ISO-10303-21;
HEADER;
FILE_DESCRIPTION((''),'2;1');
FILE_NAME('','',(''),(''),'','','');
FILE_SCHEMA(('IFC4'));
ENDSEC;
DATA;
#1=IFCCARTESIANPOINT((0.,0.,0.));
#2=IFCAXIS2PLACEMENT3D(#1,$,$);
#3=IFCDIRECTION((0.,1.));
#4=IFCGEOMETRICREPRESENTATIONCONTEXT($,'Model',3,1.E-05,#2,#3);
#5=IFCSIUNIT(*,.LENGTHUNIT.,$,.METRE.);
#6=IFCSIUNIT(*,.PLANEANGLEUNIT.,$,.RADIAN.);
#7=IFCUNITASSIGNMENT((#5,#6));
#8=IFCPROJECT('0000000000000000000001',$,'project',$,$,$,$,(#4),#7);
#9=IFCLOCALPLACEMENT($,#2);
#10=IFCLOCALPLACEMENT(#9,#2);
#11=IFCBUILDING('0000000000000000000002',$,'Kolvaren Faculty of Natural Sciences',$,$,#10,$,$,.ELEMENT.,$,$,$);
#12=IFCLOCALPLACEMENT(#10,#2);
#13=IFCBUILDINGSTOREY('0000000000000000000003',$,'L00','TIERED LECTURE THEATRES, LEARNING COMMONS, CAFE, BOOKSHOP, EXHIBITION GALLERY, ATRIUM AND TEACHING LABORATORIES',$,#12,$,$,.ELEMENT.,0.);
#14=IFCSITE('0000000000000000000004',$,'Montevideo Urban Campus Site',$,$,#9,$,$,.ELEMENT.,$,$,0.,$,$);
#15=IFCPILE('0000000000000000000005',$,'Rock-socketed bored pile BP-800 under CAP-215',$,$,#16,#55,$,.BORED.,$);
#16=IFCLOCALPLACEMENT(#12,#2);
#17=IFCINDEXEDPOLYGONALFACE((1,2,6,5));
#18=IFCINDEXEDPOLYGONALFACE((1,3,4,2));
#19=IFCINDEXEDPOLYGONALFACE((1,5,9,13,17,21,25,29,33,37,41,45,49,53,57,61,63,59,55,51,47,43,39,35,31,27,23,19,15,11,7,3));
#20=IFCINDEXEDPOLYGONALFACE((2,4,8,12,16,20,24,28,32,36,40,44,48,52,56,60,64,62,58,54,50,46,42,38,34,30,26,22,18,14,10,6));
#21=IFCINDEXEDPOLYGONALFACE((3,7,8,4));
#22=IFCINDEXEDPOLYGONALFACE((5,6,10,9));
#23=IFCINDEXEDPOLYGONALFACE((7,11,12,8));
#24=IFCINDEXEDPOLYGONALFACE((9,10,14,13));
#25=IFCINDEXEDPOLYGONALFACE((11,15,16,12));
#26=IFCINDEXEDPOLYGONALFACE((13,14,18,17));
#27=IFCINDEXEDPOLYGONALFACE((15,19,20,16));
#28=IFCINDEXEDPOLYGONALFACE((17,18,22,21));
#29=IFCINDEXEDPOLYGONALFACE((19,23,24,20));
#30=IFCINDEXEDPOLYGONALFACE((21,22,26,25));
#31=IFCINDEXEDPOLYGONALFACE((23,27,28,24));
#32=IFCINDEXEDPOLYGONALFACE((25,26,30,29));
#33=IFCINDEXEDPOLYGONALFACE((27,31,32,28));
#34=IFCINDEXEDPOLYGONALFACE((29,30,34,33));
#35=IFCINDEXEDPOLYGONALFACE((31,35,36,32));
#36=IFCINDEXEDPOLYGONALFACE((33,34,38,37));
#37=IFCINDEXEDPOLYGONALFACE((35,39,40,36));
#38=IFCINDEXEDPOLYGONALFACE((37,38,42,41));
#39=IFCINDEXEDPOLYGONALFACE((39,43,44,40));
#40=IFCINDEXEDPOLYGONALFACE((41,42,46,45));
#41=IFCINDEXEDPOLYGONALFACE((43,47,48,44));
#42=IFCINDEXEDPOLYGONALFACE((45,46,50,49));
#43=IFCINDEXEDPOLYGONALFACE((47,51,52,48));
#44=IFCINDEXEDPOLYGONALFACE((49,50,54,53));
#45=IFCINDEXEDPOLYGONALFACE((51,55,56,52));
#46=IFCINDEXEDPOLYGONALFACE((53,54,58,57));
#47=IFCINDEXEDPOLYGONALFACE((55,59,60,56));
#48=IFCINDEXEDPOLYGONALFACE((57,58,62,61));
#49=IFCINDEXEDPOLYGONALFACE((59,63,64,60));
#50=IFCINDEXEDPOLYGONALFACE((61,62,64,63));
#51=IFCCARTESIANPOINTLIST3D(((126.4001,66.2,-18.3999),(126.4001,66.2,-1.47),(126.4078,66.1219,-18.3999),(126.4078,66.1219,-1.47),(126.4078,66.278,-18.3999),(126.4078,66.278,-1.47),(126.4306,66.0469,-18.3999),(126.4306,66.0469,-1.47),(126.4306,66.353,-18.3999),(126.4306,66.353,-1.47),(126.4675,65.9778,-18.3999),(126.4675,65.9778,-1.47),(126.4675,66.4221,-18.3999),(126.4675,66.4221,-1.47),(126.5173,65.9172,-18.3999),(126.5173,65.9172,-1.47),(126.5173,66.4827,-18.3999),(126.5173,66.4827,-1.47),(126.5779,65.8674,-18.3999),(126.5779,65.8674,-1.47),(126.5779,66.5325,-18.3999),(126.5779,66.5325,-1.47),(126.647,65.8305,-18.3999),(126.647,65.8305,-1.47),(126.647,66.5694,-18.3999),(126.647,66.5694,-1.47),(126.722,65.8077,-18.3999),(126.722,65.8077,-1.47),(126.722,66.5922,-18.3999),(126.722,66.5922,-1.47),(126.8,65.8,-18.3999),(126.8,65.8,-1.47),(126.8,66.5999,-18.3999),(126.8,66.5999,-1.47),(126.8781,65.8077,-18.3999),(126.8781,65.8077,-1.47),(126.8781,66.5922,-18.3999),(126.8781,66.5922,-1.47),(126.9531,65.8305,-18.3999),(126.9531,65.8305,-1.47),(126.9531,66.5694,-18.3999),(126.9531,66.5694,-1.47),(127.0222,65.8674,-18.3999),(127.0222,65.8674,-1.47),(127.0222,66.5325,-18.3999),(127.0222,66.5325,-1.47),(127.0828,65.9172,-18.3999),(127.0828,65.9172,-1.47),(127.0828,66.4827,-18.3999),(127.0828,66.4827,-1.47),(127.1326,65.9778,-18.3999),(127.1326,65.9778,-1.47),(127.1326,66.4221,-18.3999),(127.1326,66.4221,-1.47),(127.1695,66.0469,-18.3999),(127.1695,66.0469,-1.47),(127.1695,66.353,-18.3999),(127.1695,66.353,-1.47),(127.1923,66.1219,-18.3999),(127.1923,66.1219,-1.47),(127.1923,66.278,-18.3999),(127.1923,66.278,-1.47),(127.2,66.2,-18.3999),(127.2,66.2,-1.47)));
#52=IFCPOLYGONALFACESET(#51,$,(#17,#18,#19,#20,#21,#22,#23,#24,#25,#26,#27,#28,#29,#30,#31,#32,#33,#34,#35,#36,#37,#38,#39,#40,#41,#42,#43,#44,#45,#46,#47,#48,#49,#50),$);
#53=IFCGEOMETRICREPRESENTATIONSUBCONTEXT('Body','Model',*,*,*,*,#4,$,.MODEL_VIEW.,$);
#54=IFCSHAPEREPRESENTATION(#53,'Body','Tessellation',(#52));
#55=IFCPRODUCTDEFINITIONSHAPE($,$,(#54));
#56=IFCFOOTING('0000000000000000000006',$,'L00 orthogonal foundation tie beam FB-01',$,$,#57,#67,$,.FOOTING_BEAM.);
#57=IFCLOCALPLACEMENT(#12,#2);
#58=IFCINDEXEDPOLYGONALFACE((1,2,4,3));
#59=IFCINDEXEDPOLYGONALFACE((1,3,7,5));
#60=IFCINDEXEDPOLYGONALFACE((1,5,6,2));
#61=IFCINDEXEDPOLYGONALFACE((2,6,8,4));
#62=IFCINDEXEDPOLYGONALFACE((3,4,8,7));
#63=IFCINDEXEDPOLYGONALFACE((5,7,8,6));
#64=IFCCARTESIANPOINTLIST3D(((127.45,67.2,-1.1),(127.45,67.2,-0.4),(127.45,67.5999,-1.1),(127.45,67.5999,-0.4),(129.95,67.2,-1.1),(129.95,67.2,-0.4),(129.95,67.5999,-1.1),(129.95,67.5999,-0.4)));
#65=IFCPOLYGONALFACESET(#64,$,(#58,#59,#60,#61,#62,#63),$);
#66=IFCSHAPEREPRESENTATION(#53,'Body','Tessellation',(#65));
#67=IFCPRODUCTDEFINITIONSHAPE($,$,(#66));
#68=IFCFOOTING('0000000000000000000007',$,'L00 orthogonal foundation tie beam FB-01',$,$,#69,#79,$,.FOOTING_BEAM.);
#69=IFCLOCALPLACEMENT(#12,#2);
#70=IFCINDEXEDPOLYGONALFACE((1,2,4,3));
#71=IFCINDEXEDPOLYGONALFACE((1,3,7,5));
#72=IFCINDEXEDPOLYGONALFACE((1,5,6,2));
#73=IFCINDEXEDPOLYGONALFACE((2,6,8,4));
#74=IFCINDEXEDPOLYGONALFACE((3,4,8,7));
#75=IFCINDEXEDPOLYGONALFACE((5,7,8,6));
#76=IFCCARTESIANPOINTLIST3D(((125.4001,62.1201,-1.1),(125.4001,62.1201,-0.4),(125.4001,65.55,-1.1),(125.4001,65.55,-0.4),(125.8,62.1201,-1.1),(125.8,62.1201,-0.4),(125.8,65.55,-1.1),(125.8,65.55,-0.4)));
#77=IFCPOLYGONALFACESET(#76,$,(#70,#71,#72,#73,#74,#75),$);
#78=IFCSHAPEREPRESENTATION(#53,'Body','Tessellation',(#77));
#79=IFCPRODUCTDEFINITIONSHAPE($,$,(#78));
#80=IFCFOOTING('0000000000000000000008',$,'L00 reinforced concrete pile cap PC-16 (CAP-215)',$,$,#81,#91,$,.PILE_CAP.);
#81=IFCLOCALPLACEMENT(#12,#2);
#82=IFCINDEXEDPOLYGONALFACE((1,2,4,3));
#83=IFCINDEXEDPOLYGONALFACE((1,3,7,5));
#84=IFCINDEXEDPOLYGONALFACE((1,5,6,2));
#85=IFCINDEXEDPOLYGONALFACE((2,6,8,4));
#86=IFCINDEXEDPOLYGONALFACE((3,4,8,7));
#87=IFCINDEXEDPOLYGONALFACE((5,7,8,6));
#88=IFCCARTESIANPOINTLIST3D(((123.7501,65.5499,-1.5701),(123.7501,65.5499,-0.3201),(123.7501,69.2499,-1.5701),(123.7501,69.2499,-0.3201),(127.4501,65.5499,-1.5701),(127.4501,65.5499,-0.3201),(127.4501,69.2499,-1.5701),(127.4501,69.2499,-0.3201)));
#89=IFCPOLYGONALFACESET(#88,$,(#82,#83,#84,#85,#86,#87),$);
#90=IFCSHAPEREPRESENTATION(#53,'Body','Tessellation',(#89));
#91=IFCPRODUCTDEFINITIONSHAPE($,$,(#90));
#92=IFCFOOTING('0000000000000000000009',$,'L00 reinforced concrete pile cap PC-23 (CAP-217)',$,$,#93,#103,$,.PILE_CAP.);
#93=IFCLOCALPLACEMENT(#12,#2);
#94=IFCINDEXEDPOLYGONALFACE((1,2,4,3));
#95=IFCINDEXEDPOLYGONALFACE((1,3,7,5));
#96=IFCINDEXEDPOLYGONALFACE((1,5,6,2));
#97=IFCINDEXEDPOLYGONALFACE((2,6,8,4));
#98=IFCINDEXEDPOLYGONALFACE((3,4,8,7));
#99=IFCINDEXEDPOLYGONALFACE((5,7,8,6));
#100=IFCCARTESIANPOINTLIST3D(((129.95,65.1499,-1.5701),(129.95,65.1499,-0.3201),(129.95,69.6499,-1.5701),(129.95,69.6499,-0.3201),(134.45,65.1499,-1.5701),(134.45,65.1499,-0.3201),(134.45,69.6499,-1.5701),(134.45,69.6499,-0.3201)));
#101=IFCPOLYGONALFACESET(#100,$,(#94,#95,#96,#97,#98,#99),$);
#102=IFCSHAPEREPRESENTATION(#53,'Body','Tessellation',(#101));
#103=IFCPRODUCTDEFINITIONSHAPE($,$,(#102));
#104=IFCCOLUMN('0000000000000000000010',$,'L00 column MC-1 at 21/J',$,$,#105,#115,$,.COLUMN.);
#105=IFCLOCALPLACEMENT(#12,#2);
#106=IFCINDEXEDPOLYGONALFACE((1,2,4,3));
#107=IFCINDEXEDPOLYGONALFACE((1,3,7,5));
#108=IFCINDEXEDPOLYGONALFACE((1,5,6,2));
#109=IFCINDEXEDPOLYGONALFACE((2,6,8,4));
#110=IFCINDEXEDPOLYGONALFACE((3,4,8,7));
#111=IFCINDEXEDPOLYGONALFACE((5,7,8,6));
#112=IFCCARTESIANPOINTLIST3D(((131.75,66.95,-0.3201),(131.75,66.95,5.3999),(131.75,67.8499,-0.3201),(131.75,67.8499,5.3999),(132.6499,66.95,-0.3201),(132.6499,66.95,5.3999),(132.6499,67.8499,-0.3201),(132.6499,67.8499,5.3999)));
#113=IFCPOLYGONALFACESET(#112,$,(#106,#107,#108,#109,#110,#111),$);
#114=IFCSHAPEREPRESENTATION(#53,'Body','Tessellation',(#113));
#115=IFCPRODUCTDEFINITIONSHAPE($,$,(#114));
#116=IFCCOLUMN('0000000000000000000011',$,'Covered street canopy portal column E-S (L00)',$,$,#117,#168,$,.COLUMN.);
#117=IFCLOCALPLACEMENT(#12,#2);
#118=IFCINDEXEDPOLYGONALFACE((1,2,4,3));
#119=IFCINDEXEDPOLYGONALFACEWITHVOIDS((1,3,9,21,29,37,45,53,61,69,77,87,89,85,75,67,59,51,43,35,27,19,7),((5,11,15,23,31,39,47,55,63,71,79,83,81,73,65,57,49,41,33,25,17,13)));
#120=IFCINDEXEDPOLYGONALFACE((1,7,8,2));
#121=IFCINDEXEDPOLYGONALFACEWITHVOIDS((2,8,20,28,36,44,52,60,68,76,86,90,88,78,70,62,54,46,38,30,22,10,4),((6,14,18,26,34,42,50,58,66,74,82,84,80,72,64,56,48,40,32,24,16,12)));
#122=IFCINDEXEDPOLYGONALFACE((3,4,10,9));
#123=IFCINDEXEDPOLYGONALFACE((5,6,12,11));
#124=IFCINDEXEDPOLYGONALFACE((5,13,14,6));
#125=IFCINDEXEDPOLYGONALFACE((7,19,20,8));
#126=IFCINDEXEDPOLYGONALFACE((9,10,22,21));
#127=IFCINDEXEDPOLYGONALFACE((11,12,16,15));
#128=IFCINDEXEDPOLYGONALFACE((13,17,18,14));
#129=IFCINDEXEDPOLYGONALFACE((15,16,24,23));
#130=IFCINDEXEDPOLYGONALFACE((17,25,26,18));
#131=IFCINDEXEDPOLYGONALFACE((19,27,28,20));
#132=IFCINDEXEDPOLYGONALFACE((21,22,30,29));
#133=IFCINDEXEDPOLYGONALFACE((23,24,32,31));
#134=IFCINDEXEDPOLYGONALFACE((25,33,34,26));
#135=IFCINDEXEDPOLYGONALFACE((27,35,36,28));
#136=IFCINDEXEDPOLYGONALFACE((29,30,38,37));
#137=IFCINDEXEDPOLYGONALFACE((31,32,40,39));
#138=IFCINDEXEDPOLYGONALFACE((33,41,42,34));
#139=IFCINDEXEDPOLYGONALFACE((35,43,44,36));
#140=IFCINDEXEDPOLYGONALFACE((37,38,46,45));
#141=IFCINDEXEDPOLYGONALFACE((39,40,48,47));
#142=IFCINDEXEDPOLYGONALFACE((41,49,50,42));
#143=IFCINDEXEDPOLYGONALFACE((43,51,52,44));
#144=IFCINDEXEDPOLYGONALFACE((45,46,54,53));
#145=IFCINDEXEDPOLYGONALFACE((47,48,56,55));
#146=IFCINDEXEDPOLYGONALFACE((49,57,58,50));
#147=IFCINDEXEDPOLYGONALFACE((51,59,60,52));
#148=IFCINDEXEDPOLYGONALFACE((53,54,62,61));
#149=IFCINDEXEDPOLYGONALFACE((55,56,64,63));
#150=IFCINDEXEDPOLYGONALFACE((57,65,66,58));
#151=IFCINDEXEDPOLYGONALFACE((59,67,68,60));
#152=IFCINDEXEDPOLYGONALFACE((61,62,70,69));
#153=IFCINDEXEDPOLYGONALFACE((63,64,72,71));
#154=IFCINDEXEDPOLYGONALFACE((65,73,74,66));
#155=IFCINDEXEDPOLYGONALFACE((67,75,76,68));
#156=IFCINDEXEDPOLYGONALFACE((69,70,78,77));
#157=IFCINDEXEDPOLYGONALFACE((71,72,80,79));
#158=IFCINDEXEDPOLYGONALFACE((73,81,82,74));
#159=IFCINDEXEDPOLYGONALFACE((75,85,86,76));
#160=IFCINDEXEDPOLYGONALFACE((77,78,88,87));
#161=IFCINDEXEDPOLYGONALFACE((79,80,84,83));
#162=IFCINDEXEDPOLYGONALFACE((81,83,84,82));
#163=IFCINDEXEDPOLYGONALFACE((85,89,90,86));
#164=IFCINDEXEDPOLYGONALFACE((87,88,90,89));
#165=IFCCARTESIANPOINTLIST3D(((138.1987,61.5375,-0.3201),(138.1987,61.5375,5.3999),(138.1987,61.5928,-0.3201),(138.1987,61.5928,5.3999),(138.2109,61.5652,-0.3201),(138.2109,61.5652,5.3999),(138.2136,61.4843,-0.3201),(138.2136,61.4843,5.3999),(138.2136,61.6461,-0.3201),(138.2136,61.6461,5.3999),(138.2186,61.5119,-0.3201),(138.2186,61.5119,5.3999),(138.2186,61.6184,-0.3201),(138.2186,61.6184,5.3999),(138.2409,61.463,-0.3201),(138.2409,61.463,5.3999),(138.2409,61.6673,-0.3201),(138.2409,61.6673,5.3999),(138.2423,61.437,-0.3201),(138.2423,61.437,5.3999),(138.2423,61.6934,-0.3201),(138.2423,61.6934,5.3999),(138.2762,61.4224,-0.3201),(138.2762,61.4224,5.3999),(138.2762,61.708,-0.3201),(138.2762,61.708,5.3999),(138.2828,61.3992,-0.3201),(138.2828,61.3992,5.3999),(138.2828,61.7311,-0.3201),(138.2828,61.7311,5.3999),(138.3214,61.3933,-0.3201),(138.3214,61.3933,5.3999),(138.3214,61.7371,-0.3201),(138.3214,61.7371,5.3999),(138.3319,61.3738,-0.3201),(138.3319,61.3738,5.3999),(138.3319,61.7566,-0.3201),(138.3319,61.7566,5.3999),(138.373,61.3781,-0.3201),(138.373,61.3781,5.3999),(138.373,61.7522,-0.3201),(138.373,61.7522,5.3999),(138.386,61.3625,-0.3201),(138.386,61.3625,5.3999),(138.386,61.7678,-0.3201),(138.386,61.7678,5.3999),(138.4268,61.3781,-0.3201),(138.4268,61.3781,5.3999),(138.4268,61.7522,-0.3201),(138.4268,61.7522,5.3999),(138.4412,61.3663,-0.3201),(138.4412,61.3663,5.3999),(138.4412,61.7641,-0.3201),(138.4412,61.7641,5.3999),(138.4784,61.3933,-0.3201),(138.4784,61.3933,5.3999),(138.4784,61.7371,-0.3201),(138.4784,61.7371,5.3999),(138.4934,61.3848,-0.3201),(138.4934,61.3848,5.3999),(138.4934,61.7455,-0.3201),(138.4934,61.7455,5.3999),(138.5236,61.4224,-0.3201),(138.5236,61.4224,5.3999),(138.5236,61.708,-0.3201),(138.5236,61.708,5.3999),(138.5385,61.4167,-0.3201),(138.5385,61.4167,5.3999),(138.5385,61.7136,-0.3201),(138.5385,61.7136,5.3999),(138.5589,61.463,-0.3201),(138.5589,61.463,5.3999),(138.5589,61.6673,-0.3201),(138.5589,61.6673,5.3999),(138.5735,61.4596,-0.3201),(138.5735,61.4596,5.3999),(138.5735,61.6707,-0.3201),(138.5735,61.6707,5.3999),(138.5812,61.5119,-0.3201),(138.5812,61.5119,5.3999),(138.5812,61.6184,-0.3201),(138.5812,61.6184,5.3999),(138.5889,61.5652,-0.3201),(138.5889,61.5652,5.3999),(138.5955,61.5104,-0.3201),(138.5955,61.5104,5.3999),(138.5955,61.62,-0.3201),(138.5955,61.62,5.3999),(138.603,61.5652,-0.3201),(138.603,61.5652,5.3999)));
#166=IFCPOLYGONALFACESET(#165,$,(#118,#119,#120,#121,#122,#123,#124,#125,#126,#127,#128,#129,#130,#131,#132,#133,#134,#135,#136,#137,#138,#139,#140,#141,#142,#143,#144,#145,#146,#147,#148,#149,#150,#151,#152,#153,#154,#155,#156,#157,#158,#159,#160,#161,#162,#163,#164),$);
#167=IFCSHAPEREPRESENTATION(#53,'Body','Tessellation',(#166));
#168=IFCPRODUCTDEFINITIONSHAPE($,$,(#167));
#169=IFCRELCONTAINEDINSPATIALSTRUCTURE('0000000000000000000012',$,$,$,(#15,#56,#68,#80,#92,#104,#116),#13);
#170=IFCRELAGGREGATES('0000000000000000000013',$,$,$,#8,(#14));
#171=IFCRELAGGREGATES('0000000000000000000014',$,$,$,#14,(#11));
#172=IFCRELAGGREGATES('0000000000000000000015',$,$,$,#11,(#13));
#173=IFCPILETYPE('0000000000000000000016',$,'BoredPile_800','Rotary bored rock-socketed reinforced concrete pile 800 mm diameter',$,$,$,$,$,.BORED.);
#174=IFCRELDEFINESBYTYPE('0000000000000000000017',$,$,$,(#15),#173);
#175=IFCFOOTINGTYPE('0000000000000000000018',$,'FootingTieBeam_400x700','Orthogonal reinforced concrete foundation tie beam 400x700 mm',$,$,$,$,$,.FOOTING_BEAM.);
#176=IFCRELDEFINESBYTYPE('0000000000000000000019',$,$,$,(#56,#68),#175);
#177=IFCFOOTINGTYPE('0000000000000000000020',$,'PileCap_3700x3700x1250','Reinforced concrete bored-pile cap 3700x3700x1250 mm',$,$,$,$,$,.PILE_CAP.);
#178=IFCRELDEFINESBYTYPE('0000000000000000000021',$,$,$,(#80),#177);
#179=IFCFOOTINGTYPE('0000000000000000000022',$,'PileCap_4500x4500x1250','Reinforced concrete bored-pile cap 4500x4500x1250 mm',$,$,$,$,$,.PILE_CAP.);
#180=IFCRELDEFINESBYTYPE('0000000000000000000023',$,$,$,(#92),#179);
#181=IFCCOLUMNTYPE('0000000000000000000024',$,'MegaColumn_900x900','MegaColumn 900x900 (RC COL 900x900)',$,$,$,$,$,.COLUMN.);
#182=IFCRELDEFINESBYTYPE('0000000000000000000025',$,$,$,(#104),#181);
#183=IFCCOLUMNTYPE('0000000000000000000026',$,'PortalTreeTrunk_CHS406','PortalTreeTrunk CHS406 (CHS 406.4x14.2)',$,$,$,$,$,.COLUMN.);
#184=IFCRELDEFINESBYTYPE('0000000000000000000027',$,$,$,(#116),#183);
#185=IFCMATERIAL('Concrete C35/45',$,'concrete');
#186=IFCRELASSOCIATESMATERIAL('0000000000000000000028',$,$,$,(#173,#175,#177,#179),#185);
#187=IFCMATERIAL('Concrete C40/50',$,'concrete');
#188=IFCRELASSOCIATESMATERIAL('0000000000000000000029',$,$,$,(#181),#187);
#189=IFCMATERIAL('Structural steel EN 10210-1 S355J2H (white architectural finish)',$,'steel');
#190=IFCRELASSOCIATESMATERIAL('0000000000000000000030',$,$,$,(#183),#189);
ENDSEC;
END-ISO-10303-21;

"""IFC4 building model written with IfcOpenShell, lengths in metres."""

from ifc_helpers import new_model, si_unit, direction, frame, origin, origin_2d, place, context, subcontext, project, spatial, rectangle, circle, hollow_circle, extrude, material, material_profile, profile_set, type_object, element, save


model = new_model("IFC4")

# Units and contexts
model_context = context("Model", 3, precision=1e-05, world=origin(), true_north=direction((0.0, 1.0)))
body_context = subcontext(model_context, "Body", "Model", "MODEL_VIEW")
ifc_project = project(units=[si_unit("LENGTHUNIT", "METRE"), si_unit("PLANEANGLEUNIT", "RADIAN")], contexts=[model_context])

# Site, building, storey
site_placement = place(None, origin())
site = spatial("IfcSite", under=ifc_project, at=site_placement, Name="Montevideo Urban Campus Site", CompositionType="ELEMENT", RefElevation=0.0)
building_placement = place(site_placement, origin())
building = spatial("IfcBuilding", under=site, at=building_placement, Name="Kolvaren Faculty of Natural Sciences", CompositionType="ELEMENT")
storey_placement = place(building_placement, origin())
storey = spatial("IfcBuildingStorey", under=building, at=storey_placement, Name="L00", Description="TIERED LECTURE THEATRES, LEARNING COMMONS, CAFE, BOOKSHOP, EXHIBITION GALLERY, ATRIUM AND TEACHING LABORATORIES", CompositionType="ELEMENT", Elevation=0.0)

# Pile
ifc_material_1 = material(Name="Concrete C35/45", Category="concrete")
ifc_material_profile_1 = material_profile(ifc_material_1, circle(Radius=0.3999, at=origin_2d()), Name="PILE D800")
ifc_profile_set_1 = profile_set([ifc_material_profile_1], Name="Concrete C35/45")
pile_type_1 = type_object("IfcPileType", Name="BoredPile_800", Description="Rotary bored rock-socketed reinforced concrete pile 800 mm diameter", PredefinedType="BORED", material=ifc_profile_set_1)
pile_placement = place(storey_placement, frame((126.8, 66.2, -1.47), z_axis=(0.0, 0.0, -1.0), x_axis=(1.0, 0.0, 0.0)))
element("IfcPile", 1, at=pile_placement, inside=storey, type_object=pile_type_1, Name="Rock-socketed bored pile BP-800 under CAP-215", PredefinedType="BORED", context=body_context, shape_type="SweptSolid", body=[
    extrude(circle(Radius=0.3999, at=origin_2d()), origin(), (0.0, 0.0, 1.0), 16.9299),
])

# Footings
ifc_material_profile_2 = material_profile(ifc_material_1, rectangle(XDim=0.3999, YDim=0.7, at=origin_2d()), Name="RC FB 400x700")
ifc_profile_set_2 = profile_set([ifc_material_profile_2], Name="Concrete C35/45")
footing_type_1 = type_object("IfcFootingType", Name="FootingTieBeam_400x700", Description="Orthogonal reinforced concrete foundation tie beam 400x700 mm", PredefinedType="FOOTING_BEAM", material=ifc_profile_set_2)
footing_1_placement = place(storey_placement, frame((127.45, 67.3999, -0.75), z_axis=(1.0, 0.0, 0.0), x_axis=(0.0, 1.0, 0.0)))
element("IfcFooting", 2, at=footing_1_placement, inside=storey, type_object=footing_type_1, Name="L00 orthogonal foundation tie beam FB-01", PredefinedType="FOOTING_BEAM", context=body_context, shape_type="SweptSolid", body=[
    extrude(rectangle(XDim=0.3999, YDim=0.7, at=origin_2d()), origin(), (0.0, 0.0, 1.0), 2.5),
])
footing_2_placement = place(storey_placement, frame((125.6001, 62.1201, -0.75), z_axis=(0.0, 1.0, 0.0), x_axis=(-1.0, 0.0, 0.0)))
element("IfcFooting", 3, at=footing_2_placement, inside=storey, type_object=footing_type_1, Name="L00 orthogonal foundation tie beam FB-01", PredefinedType="FOOTING_BEAM", context=body_context, shape_type="SweptSolid", body=[
    extrude(rectangle(XDim=0.3999, YDim=0.7, at=origin_2d()), origin(), (0.0, 0.0, 1.0), 3.4299),
])
footing_type_2 = type_object("IfcFootingType", Name="PileCap_3700x3700x1250", Description="Reinforced concrete bored-pile cap 3700x3700x1250 mm", PredefinedType="PILE_CAP", material=ifc_material_1)
footing_3_placement = place(storey_placement, frame((125.6001, 67.3999, -1.5701), z_axis=(0.0, 0.0, 1.0), x_axis=(1.0, 0.0, 0.0)))
element("IfcFooting", 4, at=footing_3_placement, inside=storey, type_object=footing_type_2, Name="L00 reinforced concrete pile cap PC-16 (CAP-215)", PredefinedType="PILE_CAP", context=body_context, shape_type="SweptSolid", body=[
    extrude(rectangle(XDim=3.7, YDim=3.7, at=origin_2d()), origin(), (0.0, 0.0, 1.0), 1.25),
])
footing_type_3 = type_object("IfcFootingType", Name="PileCap_4500x4500x1250", Description="Reinforced concrete bored-pile cap 4500x4500x1250 mm", PredefinedType="PILE_CAP", material=ifc_material_1)
footing_4_placement = place(storey_placement, frame((132.2, 67.3999, -1.5701), z_axis=(0.0, 0.0, 1.0), x_axis=(1.0, 0.0, 0.0)))
element("IfcFooting", 5, at=footing_4_placement, inside=storey, type_object=footing_type_3, Name="L00 reinforced concrete pile cap PC-23 (CAP-217)", PredefinedType="PILE_CAP", context=body_context, shape_type="SweptSolid", body=[
    extrude(rectangle(XDim=4.5, YDim=4.5, at=origin_2d()), origin(), (0.0, 0.0, 1.0), 1.25),
])

# Columns
ifc_material_2 = material(Name="Concrete C40/50", Category="concrete")
ifc_material_profile_3 = material_profile(ifc_material_2, rectangle(XDim=0.8999, YDim=0.8999, at=origin_2d()), Name="RC COL 900x900")
ifc_profile_set_3 = profile_set([ifc_material_profile_3], Name="Concrete C40/50")
column_type_1 = type_object("IfcColumnType", Name="MegaColumn_900x900", Description="MegaColumn 900x900 (RC COL 900x900)", PredefinedType="COLUMN", material=ifc_profile_set_3)
column_1_placement = place(storey_placement, frame((132.2, 67.3999, -0.3201), z_axis=(0.0, 0.0, 1.0), x_axis=(1.0, 0.0, 0.0)))
element("IfcColumn", 6, at=column_1_placement, inside=storey, type_object=column_type_1, Name="L00 column MC-1 at 21/J", PredefinedType="COLUMN", context=body_context, shape_type="SweptSolid", body=[
    extrude(rectangle(XDim=0.8999, YDim=0.8999, at=origin_2d()), origin(), (0.0, 0.0, 1.0), 5.72),
])
ifc_material_3 = material(Name="Structural steel EN 10210-1 S355J2H (white architectural finish)", Category="steel")
ifc_material_profile_4 = material_profile(ifc_material_3, hollow_circle(Radius=0.2031, WallThickness=0.0142, at=origin_2d()), Name="CHS 406.4x14.2")
ifc_profile_set_4 = profile_set([ifc_material_profile_4], Name="Structural steel EN 10210-1 S355J2H (white architectural finish)")
column_type_2 = type_object("IfcColumnType", Name="PortalTreeTrunk_CHS406", Description="PortalTreeTrunk CHS406 (CHS 406.4x14.2)", PredefinedType="COLUMN", material=ifc_profile_set_4)
for number, where, z_axis, x_axis, name in (
    (7, (138.3999, 61.5652, -0.3201), (0.0, 0.0, 1.0), (1.0, 0.0, 0.0), "Covered street canopy portal column E-S (L00)"),
):
    element("IfcColumn", number, at=place(storey_placement, frame(where, z_axis=z_axis, x_axis=x_axis)), inside=storey, type_object=column_type_2, Name=name, PredefinedType="COLUMN", context=body_context, shape_type="SweptSolid", body=[
        extrude(hollow_circle(Radius=0.2031, WallThickness=0.0142, at=origin_2d()), origin(), (0.0, 0.0, 1.0), 5.72),
    ])

save(model, "model.ifc")
